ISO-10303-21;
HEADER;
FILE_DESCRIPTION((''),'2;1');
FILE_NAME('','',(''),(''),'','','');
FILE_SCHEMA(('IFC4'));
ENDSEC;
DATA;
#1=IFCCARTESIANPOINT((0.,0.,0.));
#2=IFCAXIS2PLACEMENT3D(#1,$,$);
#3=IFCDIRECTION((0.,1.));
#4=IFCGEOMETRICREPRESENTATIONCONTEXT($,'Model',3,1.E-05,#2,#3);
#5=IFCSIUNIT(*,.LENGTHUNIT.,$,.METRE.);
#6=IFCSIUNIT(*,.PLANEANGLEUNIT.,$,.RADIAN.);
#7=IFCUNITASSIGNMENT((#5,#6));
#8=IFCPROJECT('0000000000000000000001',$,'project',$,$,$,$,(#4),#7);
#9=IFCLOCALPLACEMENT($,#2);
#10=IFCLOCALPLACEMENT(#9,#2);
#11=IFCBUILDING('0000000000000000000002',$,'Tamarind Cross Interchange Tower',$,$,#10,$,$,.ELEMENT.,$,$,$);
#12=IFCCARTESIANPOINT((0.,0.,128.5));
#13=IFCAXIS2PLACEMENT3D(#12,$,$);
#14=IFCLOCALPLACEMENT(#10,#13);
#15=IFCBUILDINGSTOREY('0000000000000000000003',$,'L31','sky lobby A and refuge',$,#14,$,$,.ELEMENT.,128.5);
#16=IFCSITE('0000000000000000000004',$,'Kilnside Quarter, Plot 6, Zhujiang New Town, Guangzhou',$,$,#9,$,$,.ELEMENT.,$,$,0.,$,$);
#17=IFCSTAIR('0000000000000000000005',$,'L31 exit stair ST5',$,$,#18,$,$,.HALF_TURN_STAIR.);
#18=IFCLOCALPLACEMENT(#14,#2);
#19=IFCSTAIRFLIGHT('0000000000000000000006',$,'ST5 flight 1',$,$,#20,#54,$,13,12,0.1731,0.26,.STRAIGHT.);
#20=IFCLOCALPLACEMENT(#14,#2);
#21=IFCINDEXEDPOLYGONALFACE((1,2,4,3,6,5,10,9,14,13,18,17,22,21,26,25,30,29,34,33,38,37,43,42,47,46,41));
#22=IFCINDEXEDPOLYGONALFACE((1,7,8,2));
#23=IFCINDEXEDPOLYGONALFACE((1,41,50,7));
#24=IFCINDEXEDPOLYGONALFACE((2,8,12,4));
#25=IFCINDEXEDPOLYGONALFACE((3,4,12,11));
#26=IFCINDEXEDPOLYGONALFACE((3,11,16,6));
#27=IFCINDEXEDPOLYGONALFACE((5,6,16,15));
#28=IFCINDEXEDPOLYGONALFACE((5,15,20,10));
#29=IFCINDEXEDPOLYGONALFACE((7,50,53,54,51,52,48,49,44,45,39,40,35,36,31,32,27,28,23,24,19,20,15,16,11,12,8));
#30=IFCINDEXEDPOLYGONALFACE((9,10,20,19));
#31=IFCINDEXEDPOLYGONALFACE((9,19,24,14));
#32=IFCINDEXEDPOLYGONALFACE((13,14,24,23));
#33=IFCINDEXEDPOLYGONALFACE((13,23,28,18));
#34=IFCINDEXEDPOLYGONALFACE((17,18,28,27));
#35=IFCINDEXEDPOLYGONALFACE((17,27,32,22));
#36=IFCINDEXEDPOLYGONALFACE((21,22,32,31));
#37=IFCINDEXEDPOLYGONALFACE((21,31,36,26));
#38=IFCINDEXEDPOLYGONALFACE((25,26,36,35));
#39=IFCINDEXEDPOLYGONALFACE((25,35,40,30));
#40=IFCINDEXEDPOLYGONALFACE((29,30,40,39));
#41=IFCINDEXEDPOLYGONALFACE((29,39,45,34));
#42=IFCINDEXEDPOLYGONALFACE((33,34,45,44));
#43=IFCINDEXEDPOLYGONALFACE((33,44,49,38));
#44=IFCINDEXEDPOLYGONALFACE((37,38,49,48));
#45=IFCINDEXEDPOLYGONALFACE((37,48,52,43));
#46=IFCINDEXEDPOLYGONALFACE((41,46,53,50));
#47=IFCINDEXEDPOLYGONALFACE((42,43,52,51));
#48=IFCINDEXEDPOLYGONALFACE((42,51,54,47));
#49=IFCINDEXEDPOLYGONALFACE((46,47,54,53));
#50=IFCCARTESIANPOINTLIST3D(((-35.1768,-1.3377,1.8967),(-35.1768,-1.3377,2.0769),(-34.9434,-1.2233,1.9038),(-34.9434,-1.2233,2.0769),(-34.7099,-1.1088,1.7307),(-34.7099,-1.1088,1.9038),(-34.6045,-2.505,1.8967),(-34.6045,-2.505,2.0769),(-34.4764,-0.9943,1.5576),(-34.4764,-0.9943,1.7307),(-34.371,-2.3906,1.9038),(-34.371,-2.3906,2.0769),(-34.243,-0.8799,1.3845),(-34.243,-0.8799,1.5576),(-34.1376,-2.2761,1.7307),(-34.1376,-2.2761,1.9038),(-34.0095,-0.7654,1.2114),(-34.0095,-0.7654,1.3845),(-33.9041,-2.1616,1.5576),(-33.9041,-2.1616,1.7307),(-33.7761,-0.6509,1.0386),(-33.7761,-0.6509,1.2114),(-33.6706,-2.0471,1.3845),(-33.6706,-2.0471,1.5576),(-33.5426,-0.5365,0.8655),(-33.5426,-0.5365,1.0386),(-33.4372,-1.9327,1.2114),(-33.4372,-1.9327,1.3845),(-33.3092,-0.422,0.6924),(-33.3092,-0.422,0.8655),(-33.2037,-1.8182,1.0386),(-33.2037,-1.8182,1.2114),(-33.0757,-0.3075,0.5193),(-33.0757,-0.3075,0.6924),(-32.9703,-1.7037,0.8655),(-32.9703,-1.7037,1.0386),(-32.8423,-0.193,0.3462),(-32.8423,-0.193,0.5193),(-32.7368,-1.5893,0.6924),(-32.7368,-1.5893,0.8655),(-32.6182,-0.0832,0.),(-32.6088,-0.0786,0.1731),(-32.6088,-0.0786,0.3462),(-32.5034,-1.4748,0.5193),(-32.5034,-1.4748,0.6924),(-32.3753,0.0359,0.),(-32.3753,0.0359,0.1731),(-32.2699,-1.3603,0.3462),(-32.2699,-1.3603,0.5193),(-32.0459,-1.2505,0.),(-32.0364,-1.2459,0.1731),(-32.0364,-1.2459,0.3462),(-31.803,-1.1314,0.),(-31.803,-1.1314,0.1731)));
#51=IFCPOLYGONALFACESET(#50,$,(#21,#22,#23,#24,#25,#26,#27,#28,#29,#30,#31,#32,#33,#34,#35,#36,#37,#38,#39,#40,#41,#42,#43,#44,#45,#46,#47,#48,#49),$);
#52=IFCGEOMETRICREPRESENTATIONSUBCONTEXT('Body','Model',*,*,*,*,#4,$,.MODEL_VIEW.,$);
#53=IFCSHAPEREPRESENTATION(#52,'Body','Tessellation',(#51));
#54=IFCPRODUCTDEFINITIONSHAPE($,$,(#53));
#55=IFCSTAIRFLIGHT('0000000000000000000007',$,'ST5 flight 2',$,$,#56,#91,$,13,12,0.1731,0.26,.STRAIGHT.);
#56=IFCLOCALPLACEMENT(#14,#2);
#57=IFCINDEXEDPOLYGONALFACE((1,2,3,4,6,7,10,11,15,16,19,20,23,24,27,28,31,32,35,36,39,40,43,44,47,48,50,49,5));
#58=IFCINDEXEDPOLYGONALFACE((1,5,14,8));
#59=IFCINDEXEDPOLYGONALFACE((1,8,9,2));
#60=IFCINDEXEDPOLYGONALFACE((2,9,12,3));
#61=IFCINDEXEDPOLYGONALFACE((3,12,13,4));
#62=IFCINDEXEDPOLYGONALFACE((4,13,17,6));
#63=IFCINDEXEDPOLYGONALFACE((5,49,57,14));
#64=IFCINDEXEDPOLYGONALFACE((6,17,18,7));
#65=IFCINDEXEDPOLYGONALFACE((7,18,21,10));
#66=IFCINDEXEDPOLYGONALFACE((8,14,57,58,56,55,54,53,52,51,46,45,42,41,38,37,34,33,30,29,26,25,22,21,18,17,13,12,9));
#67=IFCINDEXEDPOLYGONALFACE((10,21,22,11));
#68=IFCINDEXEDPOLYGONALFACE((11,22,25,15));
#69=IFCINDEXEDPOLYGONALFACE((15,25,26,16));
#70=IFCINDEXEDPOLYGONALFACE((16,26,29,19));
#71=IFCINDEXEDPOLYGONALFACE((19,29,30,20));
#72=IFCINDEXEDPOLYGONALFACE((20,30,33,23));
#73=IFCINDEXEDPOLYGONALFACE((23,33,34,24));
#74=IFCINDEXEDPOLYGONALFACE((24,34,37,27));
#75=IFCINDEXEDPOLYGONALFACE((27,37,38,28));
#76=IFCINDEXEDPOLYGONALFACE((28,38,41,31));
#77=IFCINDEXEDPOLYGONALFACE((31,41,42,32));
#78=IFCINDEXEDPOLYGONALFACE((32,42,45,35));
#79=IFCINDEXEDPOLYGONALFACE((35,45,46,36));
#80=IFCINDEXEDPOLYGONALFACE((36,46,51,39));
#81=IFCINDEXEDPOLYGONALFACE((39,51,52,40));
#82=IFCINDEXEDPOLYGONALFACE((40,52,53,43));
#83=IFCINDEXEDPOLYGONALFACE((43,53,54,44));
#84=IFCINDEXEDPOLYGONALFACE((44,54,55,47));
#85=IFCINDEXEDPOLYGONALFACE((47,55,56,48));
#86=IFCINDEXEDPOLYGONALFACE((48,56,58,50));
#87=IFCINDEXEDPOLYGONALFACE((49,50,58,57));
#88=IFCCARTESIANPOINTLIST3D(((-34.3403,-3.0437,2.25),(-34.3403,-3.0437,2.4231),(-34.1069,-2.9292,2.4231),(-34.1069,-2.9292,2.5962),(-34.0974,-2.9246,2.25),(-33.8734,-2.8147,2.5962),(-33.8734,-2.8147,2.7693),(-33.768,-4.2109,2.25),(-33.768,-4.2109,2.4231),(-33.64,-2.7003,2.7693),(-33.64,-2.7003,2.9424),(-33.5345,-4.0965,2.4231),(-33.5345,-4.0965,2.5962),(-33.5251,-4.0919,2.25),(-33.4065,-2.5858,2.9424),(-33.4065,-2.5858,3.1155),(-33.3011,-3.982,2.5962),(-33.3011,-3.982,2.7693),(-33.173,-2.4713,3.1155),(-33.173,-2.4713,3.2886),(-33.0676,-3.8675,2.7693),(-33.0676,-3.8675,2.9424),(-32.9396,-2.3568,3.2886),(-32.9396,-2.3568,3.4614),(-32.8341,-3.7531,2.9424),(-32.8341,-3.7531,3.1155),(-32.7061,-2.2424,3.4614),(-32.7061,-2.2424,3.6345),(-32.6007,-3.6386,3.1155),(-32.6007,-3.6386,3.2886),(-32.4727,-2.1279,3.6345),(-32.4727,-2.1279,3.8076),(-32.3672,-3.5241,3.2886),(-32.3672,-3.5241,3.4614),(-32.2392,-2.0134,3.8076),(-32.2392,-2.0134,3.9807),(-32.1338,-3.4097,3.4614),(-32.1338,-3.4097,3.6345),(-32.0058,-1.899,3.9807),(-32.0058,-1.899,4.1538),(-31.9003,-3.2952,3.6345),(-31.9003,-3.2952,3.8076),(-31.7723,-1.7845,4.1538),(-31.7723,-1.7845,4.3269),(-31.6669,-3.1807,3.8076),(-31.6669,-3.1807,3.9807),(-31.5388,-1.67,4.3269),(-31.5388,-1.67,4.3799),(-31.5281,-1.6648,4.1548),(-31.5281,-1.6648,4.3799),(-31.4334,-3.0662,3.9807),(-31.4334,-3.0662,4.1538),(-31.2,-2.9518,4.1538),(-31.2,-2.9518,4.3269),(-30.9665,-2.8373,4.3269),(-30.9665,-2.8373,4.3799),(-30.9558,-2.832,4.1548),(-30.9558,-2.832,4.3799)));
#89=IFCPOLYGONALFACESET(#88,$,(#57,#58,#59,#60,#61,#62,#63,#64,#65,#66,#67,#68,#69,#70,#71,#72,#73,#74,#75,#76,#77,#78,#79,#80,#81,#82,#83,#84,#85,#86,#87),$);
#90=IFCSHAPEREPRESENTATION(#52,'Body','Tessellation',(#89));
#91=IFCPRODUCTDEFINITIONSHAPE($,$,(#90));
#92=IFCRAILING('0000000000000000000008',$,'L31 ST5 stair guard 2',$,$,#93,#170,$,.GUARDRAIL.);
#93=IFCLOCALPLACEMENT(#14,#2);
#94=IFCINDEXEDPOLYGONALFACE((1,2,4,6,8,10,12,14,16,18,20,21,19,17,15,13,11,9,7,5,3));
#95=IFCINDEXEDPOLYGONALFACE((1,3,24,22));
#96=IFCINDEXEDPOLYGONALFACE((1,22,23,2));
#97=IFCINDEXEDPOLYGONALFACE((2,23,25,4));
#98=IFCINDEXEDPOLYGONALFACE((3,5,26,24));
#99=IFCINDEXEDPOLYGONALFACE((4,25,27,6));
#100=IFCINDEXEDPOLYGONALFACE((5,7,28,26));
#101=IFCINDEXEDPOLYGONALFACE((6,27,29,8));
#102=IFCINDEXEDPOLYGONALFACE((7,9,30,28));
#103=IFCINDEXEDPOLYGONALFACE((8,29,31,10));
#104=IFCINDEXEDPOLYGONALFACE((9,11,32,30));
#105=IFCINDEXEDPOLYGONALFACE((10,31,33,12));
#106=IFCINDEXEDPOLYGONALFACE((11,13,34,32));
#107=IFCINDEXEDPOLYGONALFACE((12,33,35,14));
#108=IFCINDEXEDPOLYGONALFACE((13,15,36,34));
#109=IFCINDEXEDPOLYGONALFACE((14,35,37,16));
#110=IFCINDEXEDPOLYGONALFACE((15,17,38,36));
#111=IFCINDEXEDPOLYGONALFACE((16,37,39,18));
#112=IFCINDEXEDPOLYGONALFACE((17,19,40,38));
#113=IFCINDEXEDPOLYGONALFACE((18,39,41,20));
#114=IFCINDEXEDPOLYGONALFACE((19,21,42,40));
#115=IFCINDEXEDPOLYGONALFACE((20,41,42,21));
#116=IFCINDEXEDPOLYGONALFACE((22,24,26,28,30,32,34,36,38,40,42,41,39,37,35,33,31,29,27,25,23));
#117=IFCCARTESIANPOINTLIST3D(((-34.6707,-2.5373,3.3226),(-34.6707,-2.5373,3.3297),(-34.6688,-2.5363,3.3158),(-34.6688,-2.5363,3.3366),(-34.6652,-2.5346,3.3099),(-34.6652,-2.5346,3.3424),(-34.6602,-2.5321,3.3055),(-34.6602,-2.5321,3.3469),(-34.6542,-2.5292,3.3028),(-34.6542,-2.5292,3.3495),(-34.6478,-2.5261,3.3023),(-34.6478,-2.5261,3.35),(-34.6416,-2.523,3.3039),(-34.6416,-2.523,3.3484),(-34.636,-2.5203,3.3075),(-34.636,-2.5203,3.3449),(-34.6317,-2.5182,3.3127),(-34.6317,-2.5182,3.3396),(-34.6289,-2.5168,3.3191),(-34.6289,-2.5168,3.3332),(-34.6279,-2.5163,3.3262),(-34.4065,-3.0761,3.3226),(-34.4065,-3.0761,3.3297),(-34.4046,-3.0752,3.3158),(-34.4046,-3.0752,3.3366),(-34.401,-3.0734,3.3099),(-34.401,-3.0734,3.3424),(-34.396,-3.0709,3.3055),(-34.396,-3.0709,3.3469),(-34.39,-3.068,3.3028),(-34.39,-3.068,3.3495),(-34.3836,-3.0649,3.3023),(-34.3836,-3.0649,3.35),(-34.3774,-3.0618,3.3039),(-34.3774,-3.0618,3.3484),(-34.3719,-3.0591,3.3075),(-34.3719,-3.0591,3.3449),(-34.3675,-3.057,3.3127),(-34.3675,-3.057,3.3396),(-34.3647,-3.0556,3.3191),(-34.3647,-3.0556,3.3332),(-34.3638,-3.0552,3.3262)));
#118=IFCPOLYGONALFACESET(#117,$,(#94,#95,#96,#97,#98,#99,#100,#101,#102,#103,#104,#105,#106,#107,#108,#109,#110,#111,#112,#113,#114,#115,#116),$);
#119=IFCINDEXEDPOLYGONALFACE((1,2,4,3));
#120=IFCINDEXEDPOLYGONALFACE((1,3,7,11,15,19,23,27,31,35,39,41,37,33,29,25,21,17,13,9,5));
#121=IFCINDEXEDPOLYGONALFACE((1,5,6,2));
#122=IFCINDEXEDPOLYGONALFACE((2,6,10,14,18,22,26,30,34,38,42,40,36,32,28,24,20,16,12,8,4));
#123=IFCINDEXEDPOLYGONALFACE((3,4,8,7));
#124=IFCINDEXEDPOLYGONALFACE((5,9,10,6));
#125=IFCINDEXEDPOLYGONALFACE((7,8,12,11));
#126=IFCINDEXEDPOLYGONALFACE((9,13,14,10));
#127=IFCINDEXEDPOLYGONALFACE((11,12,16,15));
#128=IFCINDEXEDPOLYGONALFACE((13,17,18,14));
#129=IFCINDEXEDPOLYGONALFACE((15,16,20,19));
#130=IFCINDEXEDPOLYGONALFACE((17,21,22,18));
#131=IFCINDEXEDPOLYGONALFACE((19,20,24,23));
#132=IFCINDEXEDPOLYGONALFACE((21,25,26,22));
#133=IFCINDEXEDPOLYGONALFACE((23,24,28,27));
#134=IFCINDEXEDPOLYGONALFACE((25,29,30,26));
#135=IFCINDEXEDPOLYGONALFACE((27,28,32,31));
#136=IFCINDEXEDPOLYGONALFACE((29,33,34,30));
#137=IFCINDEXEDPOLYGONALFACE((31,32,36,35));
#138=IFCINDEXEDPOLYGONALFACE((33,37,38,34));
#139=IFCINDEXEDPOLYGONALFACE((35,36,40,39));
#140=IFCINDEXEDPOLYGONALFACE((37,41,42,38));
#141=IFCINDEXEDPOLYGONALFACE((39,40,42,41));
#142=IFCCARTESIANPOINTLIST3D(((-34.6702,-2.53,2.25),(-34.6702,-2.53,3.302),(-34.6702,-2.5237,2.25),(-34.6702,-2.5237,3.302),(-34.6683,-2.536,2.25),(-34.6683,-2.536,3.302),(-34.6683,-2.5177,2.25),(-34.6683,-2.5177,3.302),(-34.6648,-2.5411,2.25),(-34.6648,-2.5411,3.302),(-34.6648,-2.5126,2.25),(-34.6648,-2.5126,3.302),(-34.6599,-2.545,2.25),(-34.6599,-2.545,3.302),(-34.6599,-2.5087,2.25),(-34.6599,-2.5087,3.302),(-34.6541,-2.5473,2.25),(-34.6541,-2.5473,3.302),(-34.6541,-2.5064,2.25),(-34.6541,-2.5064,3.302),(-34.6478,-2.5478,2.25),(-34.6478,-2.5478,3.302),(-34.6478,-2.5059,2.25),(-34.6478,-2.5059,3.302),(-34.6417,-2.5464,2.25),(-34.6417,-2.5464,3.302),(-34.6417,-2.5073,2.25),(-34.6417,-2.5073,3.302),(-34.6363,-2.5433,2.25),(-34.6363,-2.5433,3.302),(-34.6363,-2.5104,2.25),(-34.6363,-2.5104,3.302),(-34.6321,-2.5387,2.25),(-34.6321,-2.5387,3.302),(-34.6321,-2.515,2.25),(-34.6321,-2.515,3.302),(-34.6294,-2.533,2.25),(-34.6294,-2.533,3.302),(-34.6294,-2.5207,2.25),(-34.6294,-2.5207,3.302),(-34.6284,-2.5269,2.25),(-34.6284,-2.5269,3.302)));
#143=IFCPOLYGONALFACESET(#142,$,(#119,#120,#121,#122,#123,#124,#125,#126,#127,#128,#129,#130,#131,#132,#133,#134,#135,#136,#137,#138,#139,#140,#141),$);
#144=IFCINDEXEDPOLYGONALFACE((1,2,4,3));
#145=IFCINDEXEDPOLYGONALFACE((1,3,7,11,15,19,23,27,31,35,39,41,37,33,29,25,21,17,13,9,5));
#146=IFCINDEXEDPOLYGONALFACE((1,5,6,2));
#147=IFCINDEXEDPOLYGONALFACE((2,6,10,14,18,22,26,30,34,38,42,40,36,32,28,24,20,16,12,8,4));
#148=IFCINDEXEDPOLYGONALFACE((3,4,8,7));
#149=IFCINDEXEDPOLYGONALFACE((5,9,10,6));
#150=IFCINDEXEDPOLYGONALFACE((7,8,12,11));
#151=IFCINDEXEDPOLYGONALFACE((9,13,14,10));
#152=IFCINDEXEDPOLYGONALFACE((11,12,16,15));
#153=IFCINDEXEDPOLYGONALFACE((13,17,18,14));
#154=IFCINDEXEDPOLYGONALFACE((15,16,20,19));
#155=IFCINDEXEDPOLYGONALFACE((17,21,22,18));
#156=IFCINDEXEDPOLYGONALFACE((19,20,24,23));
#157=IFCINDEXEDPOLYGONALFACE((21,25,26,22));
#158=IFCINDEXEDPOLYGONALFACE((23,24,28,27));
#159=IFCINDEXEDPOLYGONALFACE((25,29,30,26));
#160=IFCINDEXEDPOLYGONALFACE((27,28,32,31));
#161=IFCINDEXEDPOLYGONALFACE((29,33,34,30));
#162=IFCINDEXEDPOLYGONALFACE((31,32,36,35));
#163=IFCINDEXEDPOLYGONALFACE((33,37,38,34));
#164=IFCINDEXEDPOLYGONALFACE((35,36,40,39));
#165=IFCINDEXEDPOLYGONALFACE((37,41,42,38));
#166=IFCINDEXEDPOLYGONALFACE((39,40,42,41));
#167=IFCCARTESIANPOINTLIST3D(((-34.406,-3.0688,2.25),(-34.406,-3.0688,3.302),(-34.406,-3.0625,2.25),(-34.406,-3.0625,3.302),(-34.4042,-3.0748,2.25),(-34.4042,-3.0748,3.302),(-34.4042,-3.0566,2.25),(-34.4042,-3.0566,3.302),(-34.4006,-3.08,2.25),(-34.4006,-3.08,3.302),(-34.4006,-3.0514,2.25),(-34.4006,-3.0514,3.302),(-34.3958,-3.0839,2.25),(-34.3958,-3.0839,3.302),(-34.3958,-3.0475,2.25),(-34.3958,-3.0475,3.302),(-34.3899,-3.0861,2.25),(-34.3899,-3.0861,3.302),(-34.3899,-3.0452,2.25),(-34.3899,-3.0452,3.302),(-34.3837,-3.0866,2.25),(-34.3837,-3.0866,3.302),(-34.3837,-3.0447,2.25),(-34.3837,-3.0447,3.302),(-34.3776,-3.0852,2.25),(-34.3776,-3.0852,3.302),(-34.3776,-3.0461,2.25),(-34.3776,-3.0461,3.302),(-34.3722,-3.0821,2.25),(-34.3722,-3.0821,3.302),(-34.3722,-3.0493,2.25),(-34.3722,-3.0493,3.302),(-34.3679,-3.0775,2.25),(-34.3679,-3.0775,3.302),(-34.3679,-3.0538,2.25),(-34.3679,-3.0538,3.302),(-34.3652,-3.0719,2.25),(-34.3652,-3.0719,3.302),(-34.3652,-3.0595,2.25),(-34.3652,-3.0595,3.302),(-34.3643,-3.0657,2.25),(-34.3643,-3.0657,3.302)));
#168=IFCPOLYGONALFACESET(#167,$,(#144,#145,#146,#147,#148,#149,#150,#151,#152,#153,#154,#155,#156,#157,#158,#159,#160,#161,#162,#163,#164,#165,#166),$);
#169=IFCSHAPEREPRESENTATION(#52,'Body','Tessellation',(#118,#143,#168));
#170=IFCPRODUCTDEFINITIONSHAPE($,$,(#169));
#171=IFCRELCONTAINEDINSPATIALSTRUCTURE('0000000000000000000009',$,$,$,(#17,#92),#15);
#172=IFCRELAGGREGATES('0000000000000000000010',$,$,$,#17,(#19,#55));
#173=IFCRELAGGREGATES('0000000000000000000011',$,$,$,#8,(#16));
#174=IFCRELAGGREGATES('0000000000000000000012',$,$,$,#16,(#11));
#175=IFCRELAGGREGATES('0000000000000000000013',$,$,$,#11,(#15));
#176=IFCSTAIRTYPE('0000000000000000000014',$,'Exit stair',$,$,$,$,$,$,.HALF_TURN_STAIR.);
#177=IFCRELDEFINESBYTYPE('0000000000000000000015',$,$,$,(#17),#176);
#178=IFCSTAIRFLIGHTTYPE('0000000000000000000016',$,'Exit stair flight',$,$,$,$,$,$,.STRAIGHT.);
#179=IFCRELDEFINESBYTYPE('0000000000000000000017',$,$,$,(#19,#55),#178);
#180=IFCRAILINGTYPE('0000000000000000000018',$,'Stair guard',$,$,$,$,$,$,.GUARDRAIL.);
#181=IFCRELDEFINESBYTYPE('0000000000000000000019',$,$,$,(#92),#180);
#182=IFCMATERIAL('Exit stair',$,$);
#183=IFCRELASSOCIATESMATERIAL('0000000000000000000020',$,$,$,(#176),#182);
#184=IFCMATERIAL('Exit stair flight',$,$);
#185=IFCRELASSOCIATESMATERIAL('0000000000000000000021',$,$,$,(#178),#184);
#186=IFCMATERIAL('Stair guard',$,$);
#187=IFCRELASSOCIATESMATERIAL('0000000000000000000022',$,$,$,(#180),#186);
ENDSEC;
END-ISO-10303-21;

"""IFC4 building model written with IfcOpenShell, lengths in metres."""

from ifc_helpers import new_model, si_unit, direction, frame, origin, origin_2d, place, context, subcontext, project, spatial, polyline, circle, outline, extrude, material, type_object, element, aggregate, save


model = new_model("IFC4")

# Units and contexts
model_context = context("Model", 3, precision=1e-05, world=origin(), true_north=direction((0.0, 1.0)))
body_context = subcontext(model_context, "Body", "Model", "MODEL_VIEW")
ifc_project = project(units=[si_unit("LENGTHUNIT", "METRE"), si_unit("PLANEANGLEUNIT", "RADIAN")], contexts=[model_context])

# Site, building, storey
site_placement = place(None, origin())
site = spatial("IfcSite", under=ifc_project, at=site_placement, Name="Kilnside Quarter, Plot 6, Zhujiang New Town, Guangzhou", CompositionType="ELEMENT", RefElevation=0.0)
building_placement = place(site_placement, origin())
building = spatial("IfcBuilding", under=site, at=building_placement, Name="Tamarind Cross Interchange Tower", CompositionType="ELEMENT")
storey_placement = place(building_placement, frame((0.0, 0.0, 128.5)))
storey = spatial("IfcBuildingStorey", under=building, at=storey_placement, Name="L31", Description="sky lobby A and refuge", CompositionType="ELEMENT", Elevation=128.5)

# Stair, stair flights
ifc_material_1 = material(Name="Exit stair")
stair_type = type_object("IfcStairType", Name="Exit stair", PredefinedType="HALF_TURN_STAIR", material=ifc_material_1)
stair_placement = place(storey_placement, origin())
stair = element("IfcStair", 1, at=stair_placement, inside=storey, type_object=stair_type, Name="L31 exit stair ST5", PredefinedType="HALF_TURN_STAIR")
ifc_material_2 = material(Name="Exit stair flight")
stair_flight_type = type_object("IfcStairFlightType", Name="Exit stair flight", PredefinedType="STRAIGHT", material=ifc_material_2)
stair_flight_1_placement = place(storey_placement, frame((-32.0891, -0.5479, 0.0), z_axis=(0.0, 0.0, 1.0), x_axis=(-0.897874, -0.440253, 0.0)))
stair_flight_1 = element("IfcStairFlight", 2, at=stair_flight_1_placement, type_object=stair_flight_type, Name="ST5 flight 1", NumberOfRisers=13, NumberOfTreads=12, PredefinedType="STRAIGHT", RiserHeight=0.1731, TreadLength=0.26, context=body_context, shape_type="SweptSolid", body=[
    extrude(outline(polyline([(0.0, 0.0), (0.0, 0.1731), (0.26, 0.1731), (0.26, 0.3462), (0.52, 0.3462), (0.52, 0.5193), (0.78, 0.5193), (0.78, 0.6924), (1.04, 0.6924), (1.04, 0.8655), (1.3, 0.8655), (1.3, 1.0386), (1.5601, 1.0386), (1.5601, 1.2114), (1.8201, 1.2114), (1.8201, 1.3845), (2.0801, 1.3845), (2.0801, 1.5576), (2.3401, 1.5576), (2.3401, 1.7307), (2.6001, 1.7307), (2.6001, 1.9038), (2.8601, 1.9038), (2.8601, 2.0769), (3.1201, 2.0769), (3.1201, 2.25), (3.1201, 1.8967), (0.2705, 0.0), (0.0, 0.0)])), frame((0.0, 0.6499, 0.0), z_axis=(0.0, -1.0, 0.0), x_axis=(1.0, 0.0, 0.0)), (0.0, 0.0, 1.0), 1.3),
])
stair_flight_2_placement = place(storey_placement, frame((-34.0542, -3.6272, 2.25), z_axis=(0.0, 0.0, 1.0), x_axis=(0.897874, 0.440253, 0.0)))
stair_flight_2 = element("IfcStairFlight", 3, at=stair_flight_2_placement, type_object=stair_flight_type, Name="ST5 flight 2", NumberOfRisers=13, NumberOfTreads=12, PredefinedType="STRAIGHT", RiserHeight=0.1731, TreadLength=0.26, context=body_context, shape_type="SweptSolid", body=[
    extrude(outline(polyline([(0.0, 0.0), (0.0, 0.1731), (0.26, 0.1731), (0.26, 0.3462), (0.52, 0.3462), (0.52, 0.5193), (0.78, 0.5193), (0.78, 0.6924), (1.04, 0.6924), (1.04, 0.8655), (1.3, 0.8655), (1.3, 1.0386), (1.5601, 1.0386), (1.5601, 1.2114), (1.8201, 1.2114), (1.8201, 1.3845), (2.0801, 1.3845), (2.0801, 1.5576), (2.3401, 1.5576), (2.3401, 1.7307), (2.6001, 1.7307), (2.6001, 1.9038), (2.8601, 1.9038), (2.8601, 2.0769), (3.1201, 2.0769), (3.1201, 2.1299), (3.1321, 2.1299), (3.1321, 1.9048), (0.2705, 0.0), (0.0, 0.0)])), frame((0.0, 0.6499, 0.0), z_axis=(0.0, -1.0, 0.0), x_axis=(1.0, 0.0, 0.0)), (0.0, 0.0, 1.0), 1.3),
])
aggregate(stair, [stair_flight_1, stair_flight_2])

# Railing
ifc_material_3 = material(Name="Stair guard")
railing_type_1 = type_object("IfcRailingType", Name="Stair guard", PredefinedType="GUARDRAIL", material=ifc_material_3)
railing_1_placement = place(storey_placement, frame((-34.6494, -2.5269, 2.25)))
element("IfcRailing", 4, at=railing_1_placement, inside=storey, type_object=railing_type_1, Name="L31 ST5 stair guard 2", PredefinedType="GUARDRAIL", context=body_context, shape_type="SweptSolid", body=[
    extrude(circle(Radius=0.0239, at=origin_2d()), frame((0.0, 0.0, 1.0762), z_axis=(0.440202, -0.897899, 0.0), x_axis=(0.897899, 0.440202, 0.0)), (0.0, 0.0, 1.0), 0.6001),
    extrude(circle(Radius=0.021, at=origin_2d()), origin(), (0.0, 0.0, 1.0), 1.052),
    extrude(circle(Radius=0.021, at=origin_2d()), frame((0.2642, -0.5388, 0.0)), (0.0, 0.0, 1.0), 1.052),
])

save(model, "model.ifc")
